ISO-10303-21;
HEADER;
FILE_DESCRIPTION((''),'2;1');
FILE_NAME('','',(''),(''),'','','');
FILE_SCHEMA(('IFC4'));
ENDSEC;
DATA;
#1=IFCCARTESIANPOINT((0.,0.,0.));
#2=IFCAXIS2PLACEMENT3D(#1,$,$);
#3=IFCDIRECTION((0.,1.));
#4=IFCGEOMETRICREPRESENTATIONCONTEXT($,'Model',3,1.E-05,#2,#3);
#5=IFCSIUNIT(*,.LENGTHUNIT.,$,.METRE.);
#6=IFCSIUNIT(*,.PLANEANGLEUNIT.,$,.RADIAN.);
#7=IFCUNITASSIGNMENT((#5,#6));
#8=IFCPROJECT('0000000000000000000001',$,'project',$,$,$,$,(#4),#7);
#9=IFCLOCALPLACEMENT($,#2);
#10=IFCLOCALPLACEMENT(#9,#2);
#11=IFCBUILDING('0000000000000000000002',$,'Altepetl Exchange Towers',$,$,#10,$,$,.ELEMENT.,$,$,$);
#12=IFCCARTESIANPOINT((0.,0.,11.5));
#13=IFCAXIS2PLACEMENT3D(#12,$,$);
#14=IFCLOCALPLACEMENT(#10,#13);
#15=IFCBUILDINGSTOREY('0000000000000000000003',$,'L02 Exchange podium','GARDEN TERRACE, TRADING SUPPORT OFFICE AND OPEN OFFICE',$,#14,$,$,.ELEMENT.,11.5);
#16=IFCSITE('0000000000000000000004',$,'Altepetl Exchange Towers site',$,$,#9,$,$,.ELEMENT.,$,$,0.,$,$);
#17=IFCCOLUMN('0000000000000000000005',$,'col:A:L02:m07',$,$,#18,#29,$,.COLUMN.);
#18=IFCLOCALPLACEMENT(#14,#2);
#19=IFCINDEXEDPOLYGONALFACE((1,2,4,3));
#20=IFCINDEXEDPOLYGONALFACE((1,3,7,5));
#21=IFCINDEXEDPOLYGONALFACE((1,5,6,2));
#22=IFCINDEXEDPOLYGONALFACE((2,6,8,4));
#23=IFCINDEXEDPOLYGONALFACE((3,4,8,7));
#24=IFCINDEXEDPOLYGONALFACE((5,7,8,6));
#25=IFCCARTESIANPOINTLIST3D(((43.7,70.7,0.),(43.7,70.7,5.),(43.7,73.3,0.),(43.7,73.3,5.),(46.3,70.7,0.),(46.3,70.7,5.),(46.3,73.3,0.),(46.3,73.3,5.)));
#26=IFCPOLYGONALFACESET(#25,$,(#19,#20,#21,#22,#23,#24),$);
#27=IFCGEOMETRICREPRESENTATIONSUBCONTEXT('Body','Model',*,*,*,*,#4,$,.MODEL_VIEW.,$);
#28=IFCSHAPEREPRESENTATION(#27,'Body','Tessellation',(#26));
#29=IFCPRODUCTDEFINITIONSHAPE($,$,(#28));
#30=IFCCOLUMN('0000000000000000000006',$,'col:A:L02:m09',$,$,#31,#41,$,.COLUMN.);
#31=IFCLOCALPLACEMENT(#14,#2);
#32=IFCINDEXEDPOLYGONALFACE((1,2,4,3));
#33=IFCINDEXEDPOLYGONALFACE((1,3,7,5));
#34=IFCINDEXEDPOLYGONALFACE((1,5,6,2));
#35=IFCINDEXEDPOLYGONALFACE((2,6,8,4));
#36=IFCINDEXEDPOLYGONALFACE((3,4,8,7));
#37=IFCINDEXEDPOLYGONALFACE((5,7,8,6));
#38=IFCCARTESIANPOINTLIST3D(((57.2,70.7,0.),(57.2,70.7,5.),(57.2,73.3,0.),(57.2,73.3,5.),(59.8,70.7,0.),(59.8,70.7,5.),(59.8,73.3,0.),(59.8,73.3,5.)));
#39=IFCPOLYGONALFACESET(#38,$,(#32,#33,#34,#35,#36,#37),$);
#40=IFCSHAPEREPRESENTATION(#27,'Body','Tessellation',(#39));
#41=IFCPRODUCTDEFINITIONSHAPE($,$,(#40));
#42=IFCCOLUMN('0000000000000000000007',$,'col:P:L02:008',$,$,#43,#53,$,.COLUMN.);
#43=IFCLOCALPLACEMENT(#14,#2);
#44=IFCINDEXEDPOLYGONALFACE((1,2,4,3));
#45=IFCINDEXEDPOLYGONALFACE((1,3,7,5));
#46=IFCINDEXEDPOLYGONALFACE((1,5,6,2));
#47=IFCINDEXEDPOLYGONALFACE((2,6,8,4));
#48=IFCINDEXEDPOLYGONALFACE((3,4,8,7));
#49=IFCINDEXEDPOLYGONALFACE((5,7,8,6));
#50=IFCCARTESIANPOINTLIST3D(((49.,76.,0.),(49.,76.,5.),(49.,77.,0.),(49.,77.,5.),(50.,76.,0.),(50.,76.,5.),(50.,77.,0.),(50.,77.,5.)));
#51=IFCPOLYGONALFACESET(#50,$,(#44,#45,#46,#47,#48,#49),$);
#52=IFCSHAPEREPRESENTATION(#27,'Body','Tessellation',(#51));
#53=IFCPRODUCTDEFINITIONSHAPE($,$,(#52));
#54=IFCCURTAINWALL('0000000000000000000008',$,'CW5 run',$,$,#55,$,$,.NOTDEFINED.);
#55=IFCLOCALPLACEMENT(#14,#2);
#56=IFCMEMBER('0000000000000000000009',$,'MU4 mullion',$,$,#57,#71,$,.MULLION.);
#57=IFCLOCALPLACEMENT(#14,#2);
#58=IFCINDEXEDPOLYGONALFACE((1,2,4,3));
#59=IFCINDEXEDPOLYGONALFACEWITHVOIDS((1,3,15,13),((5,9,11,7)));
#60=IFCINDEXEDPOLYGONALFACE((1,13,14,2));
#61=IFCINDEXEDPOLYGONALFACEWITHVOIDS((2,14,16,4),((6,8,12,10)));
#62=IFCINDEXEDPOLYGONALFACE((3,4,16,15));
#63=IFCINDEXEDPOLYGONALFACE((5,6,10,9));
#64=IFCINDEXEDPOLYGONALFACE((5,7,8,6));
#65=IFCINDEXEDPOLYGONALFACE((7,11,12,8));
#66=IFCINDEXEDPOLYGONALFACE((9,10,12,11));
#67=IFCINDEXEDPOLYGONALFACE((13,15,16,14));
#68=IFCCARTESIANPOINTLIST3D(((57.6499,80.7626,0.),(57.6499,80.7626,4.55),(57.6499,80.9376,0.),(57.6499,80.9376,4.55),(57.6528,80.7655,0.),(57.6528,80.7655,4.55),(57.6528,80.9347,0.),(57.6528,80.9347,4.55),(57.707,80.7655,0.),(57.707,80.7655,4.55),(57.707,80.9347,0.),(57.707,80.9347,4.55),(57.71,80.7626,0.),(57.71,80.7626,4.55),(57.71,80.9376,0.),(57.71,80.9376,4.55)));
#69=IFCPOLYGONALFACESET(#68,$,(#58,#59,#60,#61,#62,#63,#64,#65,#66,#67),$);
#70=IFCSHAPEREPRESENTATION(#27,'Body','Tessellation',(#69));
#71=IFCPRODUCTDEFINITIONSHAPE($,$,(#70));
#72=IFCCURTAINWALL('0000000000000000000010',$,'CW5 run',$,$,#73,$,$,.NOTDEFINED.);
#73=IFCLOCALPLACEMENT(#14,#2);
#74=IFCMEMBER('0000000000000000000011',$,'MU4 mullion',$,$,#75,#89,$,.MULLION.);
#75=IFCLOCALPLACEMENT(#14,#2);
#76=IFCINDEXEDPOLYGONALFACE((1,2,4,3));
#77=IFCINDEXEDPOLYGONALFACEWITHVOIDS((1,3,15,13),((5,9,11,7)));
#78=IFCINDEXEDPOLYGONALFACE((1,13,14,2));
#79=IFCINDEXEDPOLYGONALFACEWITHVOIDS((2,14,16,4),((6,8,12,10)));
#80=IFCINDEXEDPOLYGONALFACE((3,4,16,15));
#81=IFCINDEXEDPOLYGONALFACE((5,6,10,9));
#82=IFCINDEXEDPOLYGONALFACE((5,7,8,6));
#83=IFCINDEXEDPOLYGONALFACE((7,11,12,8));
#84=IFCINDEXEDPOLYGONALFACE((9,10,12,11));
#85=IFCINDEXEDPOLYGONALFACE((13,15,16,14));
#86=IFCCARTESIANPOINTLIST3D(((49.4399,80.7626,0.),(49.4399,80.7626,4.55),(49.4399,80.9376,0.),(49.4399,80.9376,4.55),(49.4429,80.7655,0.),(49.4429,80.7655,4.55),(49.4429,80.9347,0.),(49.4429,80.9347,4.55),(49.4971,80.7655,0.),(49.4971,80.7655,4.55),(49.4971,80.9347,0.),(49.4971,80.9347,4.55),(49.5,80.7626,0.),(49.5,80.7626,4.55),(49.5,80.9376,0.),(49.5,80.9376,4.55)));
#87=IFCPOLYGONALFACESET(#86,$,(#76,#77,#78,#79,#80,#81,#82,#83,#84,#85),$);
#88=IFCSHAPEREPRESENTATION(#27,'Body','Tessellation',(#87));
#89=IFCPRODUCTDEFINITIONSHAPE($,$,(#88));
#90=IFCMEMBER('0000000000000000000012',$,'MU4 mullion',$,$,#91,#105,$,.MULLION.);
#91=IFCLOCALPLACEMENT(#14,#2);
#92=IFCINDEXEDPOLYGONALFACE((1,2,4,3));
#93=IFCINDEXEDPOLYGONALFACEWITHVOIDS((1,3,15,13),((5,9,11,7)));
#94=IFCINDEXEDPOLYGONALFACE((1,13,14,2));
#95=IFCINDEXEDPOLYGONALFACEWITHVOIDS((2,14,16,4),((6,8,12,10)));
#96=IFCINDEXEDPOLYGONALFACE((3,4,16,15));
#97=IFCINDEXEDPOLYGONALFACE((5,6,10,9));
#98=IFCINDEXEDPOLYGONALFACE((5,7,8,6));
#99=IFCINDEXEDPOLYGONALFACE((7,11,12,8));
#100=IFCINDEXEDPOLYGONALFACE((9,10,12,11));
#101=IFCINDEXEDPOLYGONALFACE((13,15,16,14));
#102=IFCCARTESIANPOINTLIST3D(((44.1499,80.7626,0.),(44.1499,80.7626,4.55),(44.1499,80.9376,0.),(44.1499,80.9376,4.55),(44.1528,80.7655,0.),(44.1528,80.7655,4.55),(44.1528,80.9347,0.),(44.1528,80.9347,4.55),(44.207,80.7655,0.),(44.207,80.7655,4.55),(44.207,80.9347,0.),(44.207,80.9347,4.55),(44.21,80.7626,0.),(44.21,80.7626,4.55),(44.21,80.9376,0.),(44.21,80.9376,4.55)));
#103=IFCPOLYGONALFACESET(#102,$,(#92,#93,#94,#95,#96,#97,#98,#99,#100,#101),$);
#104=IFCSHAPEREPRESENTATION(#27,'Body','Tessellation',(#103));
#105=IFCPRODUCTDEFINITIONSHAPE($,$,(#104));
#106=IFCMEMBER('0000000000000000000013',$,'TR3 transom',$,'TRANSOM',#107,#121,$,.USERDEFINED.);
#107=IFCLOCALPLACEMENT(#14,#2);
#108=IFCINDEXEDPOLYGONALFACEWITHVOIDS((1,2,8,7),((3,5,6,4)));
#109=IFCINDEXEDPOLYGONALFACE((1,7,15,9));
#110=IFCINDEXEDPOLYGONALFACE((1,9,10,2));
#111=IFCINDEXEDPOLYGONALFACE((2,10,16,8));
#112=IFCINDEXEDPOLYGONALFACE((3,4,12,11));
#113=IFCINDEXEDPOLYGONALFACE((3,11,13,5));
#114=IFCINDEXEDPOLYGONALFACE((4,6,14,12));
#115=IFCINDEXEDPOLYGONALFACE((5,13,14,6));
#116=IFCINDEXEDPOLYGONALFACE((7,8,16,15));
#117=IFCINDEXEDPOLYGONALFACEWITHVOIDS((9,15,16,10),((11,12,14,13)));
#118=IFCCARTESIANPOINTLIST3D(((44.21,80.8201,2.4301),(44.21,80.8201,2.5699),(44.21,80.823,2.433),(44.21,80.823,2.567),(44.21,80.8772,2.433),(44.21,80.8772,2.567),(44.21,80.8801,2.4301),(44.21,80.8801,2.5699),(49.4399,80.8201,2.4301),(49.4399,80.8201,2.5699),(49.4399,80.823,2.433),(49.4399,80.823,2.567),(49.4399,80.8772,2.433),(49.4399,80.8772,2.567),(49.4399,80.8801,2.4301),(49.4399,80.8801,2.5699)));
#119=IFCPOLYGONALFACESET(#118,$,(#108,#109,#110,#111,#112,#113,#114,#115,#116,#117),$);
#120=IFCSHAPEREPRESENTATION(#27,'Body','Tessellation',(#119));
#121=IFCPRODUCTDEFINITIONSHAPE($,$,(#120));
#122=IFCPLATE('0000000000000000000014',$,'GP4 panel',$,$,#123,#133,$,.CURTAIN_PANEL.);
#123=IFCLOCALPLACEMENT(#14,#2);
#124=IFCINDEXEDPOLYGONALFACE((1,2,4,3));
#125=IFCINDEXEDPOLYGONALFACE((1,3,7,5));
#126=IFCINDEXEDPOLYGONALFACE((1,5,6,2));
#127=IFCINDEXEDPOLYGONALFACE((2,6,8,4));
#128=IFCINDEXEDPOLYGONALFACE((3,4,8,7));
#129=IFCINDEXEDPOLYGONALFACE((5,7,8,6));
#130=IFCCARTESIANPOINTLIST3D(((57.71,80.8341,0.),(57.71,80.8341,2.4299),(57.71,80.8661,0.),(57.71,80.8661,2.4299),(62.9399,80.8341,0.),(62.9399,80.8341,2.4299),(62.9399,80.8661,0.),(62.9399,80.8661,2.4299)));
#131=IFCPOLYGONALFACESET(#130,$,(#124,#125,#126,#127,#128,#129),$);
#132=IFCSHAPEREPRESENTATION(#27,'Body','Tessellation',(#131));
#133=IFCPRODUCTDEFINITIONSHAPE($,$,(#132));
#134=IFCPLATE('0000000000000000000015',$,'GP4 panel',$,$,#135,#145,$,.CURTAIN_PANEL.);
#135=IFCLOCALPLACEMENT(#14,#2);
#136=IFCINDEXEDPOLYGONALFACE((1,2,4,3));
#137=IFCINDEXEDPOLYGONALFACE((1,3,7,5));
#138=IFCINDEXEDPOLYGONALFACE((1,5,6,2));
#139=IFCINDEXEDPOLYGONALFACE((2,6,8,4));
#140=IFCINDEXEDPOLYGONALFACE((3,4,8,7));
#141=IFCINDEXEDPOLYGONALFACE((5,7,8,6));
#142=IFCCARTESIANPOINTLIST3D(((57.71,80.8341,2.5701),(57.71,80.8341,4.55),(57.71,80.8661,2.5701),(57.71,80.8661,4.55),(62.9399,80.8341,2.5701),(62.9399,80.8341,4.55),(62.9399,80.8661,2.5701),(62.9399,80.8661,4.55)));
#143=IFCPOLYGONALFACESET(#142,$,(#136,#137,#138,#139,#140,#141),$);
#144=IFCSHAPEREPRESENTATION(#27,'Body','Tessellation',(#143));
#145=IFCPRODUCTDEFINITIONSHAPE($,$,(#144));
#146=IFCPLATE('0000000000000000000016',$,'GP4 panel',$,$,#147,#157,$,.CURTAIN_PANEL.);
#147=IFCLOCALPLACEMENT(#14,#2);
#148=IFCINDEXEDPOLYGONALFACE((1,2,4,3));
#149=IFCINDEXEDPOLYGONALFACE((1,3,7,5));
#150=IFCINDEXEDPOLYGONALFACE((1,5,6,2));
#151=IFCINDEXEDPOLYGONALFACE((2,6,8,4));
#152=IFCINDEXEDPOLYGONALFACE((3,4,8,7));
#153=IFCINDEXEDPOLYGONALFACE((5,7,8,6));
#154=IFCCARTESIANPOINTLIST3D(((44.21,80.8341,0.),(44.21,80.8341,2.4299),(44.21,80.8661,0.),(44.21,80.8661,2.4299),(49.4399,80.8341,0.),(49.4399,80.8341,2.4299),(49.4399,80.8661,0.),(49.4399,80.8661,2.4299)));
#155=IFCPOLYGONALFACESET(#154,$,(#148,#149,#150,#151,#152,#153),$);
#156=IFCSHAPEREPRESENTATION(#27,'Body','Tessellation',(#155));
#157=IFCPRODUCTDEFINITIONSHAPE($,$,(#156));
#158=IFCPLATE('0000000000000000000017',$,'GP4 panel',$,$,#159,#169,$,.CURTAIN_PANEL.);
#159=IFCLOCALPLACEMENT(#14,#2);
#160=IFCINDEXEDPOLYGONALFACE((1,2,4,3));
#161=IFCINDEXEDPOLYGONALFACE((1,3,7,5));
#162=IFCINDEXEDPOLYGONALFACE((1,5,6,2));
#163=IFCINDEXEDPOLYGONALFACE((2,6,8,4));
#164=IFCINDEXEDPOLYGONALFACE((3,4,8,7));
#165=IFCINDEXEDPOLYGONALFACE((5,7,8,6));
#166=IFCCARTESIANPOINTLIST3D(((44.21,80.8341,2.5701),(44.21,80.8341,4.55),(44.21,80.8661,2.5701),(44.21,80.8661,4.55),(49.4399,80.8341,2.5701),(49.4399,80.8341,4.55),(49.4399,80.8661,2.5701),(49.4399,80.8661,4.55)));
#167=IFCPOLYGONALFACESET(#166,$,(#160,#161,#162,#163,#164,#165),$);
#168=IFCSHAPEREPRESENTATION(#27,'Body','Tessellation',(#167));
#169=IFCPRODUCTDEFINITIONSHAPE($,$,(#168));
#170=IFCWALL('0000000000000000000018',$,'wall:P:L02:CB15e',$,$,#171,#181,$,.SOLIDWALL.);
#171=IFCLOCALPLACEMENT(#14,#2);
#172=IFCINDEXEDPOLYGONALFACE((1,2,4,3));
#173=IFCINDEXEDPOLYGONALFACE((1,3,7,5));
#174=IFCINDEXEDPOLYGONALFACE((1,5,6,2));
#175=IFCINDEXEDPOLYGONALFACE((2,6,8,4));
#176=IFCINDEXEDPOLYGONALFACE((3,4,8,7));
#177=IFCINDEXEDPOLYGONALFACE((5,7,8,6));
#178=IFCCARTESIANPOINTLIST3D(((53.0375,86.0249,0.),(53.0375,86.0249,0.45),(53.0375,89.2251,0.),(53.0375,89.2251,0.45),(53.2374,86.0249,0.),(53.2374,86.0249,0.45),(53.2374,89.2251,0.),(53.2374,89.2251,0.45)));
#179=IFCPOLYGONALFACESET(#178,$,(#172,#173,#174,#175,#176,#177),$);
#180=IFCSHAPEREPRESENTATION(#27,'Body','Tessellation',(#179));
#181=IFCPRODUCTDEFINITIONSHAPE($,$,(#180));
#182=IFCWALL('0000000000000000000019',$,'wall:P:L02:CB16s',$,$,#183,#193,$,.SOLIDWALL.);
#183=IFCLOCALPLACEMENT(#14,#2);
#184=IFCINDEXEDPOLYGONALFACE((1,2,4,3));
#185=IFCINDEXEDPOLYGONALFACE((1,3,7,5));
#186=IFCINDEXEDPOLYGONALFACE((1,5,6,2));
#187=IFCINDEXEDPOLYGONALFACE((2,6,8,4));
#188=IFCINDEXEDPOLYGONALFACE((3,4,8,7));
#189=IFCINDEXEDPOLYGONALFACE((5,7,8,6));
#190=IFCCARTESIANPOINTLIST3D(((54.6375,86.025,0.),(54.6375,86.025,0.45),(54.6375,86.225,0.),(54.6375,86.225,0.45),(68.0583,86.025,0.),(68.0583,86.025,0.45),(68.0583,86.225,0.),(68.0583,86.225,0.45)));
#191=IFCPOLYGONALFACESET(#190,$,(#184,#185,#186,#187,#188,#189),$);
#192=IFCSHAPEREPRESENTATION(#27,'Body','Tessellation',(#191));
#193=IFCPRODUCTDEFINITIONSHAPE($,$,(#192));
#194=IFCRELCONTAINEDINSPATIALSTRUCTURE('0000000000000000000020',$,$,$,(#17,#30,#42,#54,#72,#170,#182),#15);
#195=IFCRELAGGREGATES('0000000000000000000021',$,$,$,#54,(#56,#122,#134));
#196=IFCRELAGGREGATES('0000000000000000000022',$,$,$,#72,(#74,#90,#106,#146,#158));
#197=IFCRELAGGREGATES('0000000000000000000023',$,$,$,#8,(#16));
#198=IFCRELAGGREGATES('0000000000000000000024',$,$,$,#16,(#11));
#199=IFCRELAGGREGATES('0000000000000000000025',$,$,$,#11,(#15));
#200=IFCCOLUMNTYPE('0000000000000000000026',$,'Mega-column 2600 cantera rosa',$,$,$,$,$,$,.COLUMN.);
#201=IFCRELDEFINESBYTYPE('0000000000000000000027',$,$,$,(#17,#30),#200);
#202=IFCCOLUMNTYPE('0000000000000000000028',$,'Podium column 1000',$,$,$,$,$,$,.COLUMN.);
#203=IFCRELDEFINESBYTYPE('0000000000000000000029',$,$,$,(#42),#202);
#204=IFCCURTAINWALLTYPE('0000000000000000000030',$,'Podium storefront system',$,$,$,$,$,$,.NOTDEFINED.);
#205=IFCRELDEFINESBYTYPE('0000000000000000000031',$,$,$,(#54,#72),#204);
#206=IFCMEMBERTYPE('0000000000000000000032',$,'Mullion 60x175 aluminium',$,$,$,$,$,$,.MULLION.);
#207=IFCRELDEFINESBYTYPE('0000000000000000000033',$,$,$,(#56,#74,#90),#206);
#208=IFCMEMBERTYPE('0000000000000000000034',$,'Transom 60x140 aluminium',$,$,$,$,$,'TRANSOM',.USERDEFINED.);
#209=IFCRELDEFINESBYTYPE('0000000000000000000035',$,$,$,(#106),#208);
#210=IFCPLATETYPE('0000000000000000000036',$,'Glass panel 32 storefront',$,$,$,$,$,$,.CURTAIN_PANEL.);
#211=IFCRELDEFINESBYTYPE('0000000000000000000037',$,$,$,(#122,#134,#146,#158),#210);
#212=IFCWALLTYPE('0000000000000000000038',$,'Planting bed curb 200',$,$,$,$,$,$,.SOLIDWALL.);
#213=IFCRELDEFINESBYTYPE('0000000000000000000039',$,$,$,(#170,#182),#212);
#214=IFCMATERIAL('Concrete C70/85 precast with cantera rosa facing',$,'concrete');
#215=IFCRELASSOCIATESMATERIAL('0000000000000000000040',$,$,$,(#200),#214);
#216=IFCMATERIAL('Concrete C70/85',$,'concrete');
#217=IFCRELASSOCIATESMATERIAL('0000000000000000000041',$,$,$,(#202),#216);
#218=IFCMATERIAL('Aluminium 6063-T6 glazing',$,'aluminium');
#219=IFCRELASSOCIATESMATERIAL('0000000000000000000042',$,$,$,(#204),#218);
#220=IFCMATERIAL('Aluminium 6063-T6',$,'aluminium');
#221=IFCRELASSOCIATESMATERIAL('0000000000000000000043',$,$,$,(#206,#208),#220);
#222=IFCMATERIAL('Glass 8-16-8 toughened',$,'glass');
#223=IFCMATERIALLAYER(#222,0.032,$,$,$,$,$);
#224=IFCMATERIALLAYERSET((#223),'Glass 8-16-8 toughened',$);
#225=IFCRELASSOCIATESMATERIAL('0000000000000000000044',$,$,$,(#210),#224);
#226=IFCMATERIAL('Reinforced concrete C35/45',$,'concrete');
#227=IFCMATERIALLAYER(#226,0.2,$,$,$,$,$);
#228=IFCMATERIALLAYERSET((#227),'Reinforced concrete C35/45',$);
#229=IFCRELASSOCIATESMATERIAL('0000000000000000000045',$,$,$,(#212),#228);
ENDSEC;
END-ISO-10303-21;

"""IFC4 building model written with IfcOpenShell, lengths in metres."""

from ifc_helpers import new_model, si_unit, direction, frame, frame_2d, origin, origin_2d, place, context, subcontext, project, spatial, rectangle, hollow_rectangle, extrude, material, layer, layer_set, material_profile, profile_set, type_object, element, aggregate, save


model = new_model("IFC4")

# Units and contexts
model_context = context("Model", 3, precision=1e-05, world=origin(), true_north=direction((0.0, 1.0)))
body_context = subcontext(model_context, "Body", "Model", "MODEL_VIEW")
ifc_project = project(units=[si_unit("LENGTHUNIT", "METRE"), si_unit("PLANEANGLEUNIT", "RADIAN")], contexts=[model_context])

# Site, building, storey
site_placement = place(None, origin())
site = spatial("IfcSite", under=ifc_project, at=site_placement, Name="Altepetl Exchange Towers site", CompositionType="ELEMENT", RefElevation=0.0)
building_placement = place(site_placement, origin())
building = spatial("IfcBuilding", under=site, at=building_placement, Name="Altepetl Exchange Towers", CompositionType="ELEMENT")
storey_placement = place(building_placement, frame((0.0, 0.0, 11.5)))
storey = spatial("IfcBuildingStorey", under=building, at=storey_placement, Name="L02 Exchange podium", Description="GARDEN TERRACE, TRADING SUPPORT OFFICE AND OPEN OFFICE", CompositionType="ELEMENT", Elevation=11.5)

# Columns
ifc_material_1 = material(Name="Concrete C70/85 precast with cantera rosa facing", Category="concrete")
ifc_material_profile_1 = material_profile(ifc_material_1, rectangle(XDim=2.6001, YDim=2.6001, at=origin_2d()), Name="2600 x 2600")
ifc_profile_set_1 = profile_set([ifc_material_profile_1], Name="Concrete C70/85 precast with cantera rosa facing")
column_type_1 = type_object("IfcColumnType", Name="Mega-column 2600 cantera rosa", PredefinedType="COLUMN", material=ifc_profile_set_1)
for number, where, name in (
    (1, (45.0, 72.0, 0.0), "col:A:L02:m07"),
    (2, (58.5, 72.0, 0.0), "col:A:L02:m09"),
):
    element("IfcColumn", number, at=place(storey_placement, frame(where)), inside=storey, type_object=column_type_1, Name=name, PredefinedType="COLUMN", context=body_context, shape_type="SweptSolid", body=[
        extrude(rectangle(XDim=2.6001, YDim=2.6001, at=origin_2d()), origin(), (0.0, 0.0, 1.0), 5.0),
    ])
ifc_material_2 = material(Name="Concrete C70/85", Category="concrete")
ifc_material_profile_2 = material_profile(ifc_material_2, rectangle(XDim=1.0, YDim=1.0, at=origin_2d()), Name="1000 x 1000")
ifc_profile_set_2 = profile_set([ifc_material_profile_2], Name="Concrete C70/85")
column_type_2 = type_object("IfcColumnType", Name="Podium column 1000", PredefinedType="COLUMN", material=ifc_profile_set_2)
column_placement = place(storey_placement, frame((49.5, 76.5, 0.0)))
element("IfcColumn", 3, at=column_placement, inside=storey, type_object=column_type_2, Name="col:P:L02:008", PredefinedType="COLUMN", context=body_context, shape_type="SweptSolid", body=[
    extrude(rectangle(XDim=1.0, YDim=1.0, at=origin_2d()), origin(), (0.0, 0.0, 1.0), 5.0),
])

# Curtain wall, member
ifc_material_3 = material(Name="Aluminium 6063-T6 glazing", Category="aluminium")
curtain_wall_type = type_object("IfcCurtainWallType", Name="Podium storefront system", PredefinedType="NOTDEFINED", material=ifc_material_3)
curtain_wall_1_placement = place(storey_placement, origin())
curtain_wall_1 = element("IfcCurtainWall", 4, at=curtain_wall_1_placement, inside=storey, type_object=curtain_wall_type, Name="CW5 run", PredefinedType="NOTDEFINED")
ifc_material_4 = material(Name="Aluminium 6063-T6", Category="aluminium")
ifc_material_profile_3 = material_profile(ifc_material_4, hollow_rectangle(XDim=0.0601, YDim=0.175, WallThickness=0.0029, at=origin_2d()), Name="Mullion 60x175 aluminium")
ifc_profile_set_3 = profile_set([ifc_material_profile_3], Name="Aluminium 6063-T6")
member_type_1 = type_object("IfcMemberType", Name="Mullion 60x175 aluminium", PredefinedType="MULLION", material=ifc_profile_set_3)
member_1_placement = place(storey_placement, frame((57.6799, 80.8501, 0.0), z_axis=(0.0, 0.0, 1.0), x_axis=(-1.0, 0.0, 0.0)))
member_1 = element("IfcMember", 5, at=member_1_placement, type_object=member_type_1, Name="MU4 mullion", PredefinedType="MULLION", context=body_context, shape_type="SweptSolid", body=[
    extrude(hollow_rectangle(XDim=0.0601, YDim=0.175, WallThickness=0.0029, at=origin_2d()), origin(), (0.0, 0.0, 1.0), 4.55),
])

# Curtain wall, members
curtain_wall_2_placement = place(storey_placement, origin())
curtain_wall_2 = element("IfcCurtainWall", 6, at=curtain_wall_2_placement, inside=storey, type_object=curtain_wall_type, Name="CW5 run", PredefinedType="NOTDEFINED")
member_2_placement = place(storey_placement, frame((49.47, 80.8501, 0.0), z_axis=(0.0, 0.0, 1.0), x_axis=(-1.0, 0.0, 0.0)))
member_2 = element("IfcMember", 7, at=member_2_placement, type_object=member_type_1, Name="MU4 mullion", PredefinedType="MULLION", context=body_context, shape_type="SweptSolid", body=[
    extrude(hollow_rectangle(XDim=0.0601, YDim=0.175, WallThickness=0.0029, at=origin_2d()), origin(), (0.0, 0.0, 1.0), 4.55),
])
member_3_placement = place(storey_placement, frame((44.1799, 80.8501, 0.0), z_axis=(0.0, 0.0, 1.0), x_axis=(-1.0, 0.0, 0.0)))
member_3 = element("IfcMember", 8, at=member_3_placement, type_object=member_type_1, Name="MU4 mullion", PredefinedType="MULLION", context=body_context, shape_type="SweptSolid", body=[
    extrude(hollow_rectangle(XDim=0.0601, YDim=0.175, WallThickness=0.0029, at=origin_2d()), origin(), (0.0, 0.0, 1.0), 4.55),
])
ifc_material_profile_4 = material_profile(ifc_material_4, hollow_rectangle(XDim=0.0601, YDim=0.1399, WallThickness=0.0029, at=origin_2d()), Name="Transom 60x140 aluminium")
ifc_profile_set_4 = profile_set([ifc_material_profile_4], Name="Aluminium 6063-T6")
member_type_2 = type_object("IfcMemberType", Name="Transom 60x140 aluminium", ElementType="TRANSOM", PredefinedType="USERDEFINED", material=ifc_profile_set_4)
member_4_placement = place(storey_placement, frame((49.4399, 80.8501, 2.5), z_axis=(-1.0, 0.0, 0.0), x_axis=(0.0, -1.0, 0.0)))
member_4 = element("IfcMember", 9, at=member_4_placement, type_object=member_type_2, Name="TR3 transom", ObjectType="TRANSOM", PredefinedType="USERDEFINED", context=body_context, shape_type="SweptSolid", body=[
    extrude(hollow_rectangle(XDim=0.0601, YDim=0.1399, WallThickness=0.0029, at=origin_2d()), origin(), (0.0, 0.0, 1.0), 5.23),
])

# Plates
ifc_material_5 = material(Name="Glass 8-16-8 toughened", Category="glass")
ifc_layer_1 = layer(ifc_material_5, 0.032)
ifc_layer_set_1 = layer_set([ifc_layer_1], Name="Glass 8-16-8 toughened")
plate_type = type_object("IfcPlateType", Name="Glass panel 32 storefront", PredefinedType="CURTAIN_PANEL", material=ifc_layer_set_1)
plate_1_placement = place(storey_placement, frame((60.325, 80.8501, 0.0), z_axis=(0.0, 0.0, 1.0), x_axis=(-1.0, 0.0, 0.0)))
plate_1 = element("IfcPlate", 10, at=plate_1_placement, type_object=plate_type, Name="GP4 panel", PredefinedType="CURTAIN_PANEL", context=body_context, shape_type="SweptSolid", body=[
    extrude(rectangle(XDim=5.23, YDim=0.032, at=origin_2d()), origin(), (0.0, 0.0, 1.0), 2.4299),
])
plate_2_placement = place(storey_placement, frame((60.325, 80.8501, 2.5701), z_axis=(0.0, 0.0, 1.0), x_axis=(-1.0, 0.0, 0.0)))
plate_2 = element("IfcPlate", 11, at=plate_2_placement, type_object=plate_type, Name="GP4 panel", PredefinedType="CURTAIN_PANEL", context=body_context, shape_type="SweptSolid", body=[
    extrude(rectangle(XDim=5.23, YDim=0.032, at=origin_2d()), origin(), (0.0, 0.0, 1.0), 1.98),
])
aggregate(curtain_wall_1, [member_1, plate_1, plate_2])
plate_3_placement = place(storey_placement, frame((46.825, 80.8501, 0.0), z_axis=(0.0, 0.0, 1.0), x_axis=(-1.0, 0.0, 0.0)))
plate_3 = element("IfcPlate", 12, at=plate_3_placement, type_object=plate_type, Name="GP4 panel", PredefinedType="CURTAIN_PANEL", context=body_context, shape_type="SweptSolid", body=[
    extrude(rectangle(XDim=5.23, YDim=0.032, at=origin_2d()), origin(), (0.0, 0.0, 1.0), 2.4299),
])
plate_4_placement = place(storey_placement, frame((46.825, 80.8501, 2.5701), z_axis=(0.0, 0.0, 1.0), x_axis=(-1.0, 0.0, 0.0)))
plate_4 = element("IfcPlate", 13, at=plate_4_placement, type_object=plate_type, Name="GP4 panel", PredefinedType="CURTAIN_PANEL", context=body_context, shape_type="SweptSolid", body=[
    extrude(rectangle(XDim=5.23, YDim=0.032, at=origin_2d()), origin(), (0.0, 0.0, 1.0), 1.98),
])
aggregate(curtain_wall_2, [member_2, member_3, member_4, plate_3, plate_4])

# Walls
ifc_material_6 = material(Name="Reinforced concrete C35/45", Category="concrete")
ifc_layer_2 = layer(ifc_material_6, 0.2)
ifc_layer_set_2 = layer_set([ifc_layer_2], Name="Reinforced concrete C35/45")
wall_type_1 = type_object("IfcWallType", Name="Planting bed curb 200", PredefinedType="SOLIDWALL", material=ifc_layer_set_2)
wall_1_placement = place(storey_placement, frame((53.1375, 86.0249, 0.0), z_axis=(0.0, 0.0, 1.0), x_axis=(0.0, 1.0, 0.0)))
element("IfcWall", 14, at=wall_1_placement, inside=storey, type_object=wall_type_1, Name="wall:P:L02:CB15e", PredefinedType="SOLIDWALL", context=body_context, shape_type="SweptSolid", body=[
    extrude(rectangle(XDim=3.2002, YDim=0.2, at=frame_2d((1.6001, 0.0))), origin(), (0.0, 0.0, 1.0), 0.45),
])
wall_2_placement = place(storey_placement, frame((54.6375, 86.125, 0.0)))
element("IfcWall", 15, at=wall_2_placement, inside=storey, type_object=wall_type_1, Name="wall:P:L02:CB16s", PredefinedType="SOLIDWALL", context=body_context, shape_type="SweptSolid", body=[
    extrude(rectangle(XDim=13.4209, YDim=0.2, at=frame_2d((6.7104, 0.0))), origin(), (0.0, 0.0, 1.0), 0.45),
])

save(model, "model.ifc")
